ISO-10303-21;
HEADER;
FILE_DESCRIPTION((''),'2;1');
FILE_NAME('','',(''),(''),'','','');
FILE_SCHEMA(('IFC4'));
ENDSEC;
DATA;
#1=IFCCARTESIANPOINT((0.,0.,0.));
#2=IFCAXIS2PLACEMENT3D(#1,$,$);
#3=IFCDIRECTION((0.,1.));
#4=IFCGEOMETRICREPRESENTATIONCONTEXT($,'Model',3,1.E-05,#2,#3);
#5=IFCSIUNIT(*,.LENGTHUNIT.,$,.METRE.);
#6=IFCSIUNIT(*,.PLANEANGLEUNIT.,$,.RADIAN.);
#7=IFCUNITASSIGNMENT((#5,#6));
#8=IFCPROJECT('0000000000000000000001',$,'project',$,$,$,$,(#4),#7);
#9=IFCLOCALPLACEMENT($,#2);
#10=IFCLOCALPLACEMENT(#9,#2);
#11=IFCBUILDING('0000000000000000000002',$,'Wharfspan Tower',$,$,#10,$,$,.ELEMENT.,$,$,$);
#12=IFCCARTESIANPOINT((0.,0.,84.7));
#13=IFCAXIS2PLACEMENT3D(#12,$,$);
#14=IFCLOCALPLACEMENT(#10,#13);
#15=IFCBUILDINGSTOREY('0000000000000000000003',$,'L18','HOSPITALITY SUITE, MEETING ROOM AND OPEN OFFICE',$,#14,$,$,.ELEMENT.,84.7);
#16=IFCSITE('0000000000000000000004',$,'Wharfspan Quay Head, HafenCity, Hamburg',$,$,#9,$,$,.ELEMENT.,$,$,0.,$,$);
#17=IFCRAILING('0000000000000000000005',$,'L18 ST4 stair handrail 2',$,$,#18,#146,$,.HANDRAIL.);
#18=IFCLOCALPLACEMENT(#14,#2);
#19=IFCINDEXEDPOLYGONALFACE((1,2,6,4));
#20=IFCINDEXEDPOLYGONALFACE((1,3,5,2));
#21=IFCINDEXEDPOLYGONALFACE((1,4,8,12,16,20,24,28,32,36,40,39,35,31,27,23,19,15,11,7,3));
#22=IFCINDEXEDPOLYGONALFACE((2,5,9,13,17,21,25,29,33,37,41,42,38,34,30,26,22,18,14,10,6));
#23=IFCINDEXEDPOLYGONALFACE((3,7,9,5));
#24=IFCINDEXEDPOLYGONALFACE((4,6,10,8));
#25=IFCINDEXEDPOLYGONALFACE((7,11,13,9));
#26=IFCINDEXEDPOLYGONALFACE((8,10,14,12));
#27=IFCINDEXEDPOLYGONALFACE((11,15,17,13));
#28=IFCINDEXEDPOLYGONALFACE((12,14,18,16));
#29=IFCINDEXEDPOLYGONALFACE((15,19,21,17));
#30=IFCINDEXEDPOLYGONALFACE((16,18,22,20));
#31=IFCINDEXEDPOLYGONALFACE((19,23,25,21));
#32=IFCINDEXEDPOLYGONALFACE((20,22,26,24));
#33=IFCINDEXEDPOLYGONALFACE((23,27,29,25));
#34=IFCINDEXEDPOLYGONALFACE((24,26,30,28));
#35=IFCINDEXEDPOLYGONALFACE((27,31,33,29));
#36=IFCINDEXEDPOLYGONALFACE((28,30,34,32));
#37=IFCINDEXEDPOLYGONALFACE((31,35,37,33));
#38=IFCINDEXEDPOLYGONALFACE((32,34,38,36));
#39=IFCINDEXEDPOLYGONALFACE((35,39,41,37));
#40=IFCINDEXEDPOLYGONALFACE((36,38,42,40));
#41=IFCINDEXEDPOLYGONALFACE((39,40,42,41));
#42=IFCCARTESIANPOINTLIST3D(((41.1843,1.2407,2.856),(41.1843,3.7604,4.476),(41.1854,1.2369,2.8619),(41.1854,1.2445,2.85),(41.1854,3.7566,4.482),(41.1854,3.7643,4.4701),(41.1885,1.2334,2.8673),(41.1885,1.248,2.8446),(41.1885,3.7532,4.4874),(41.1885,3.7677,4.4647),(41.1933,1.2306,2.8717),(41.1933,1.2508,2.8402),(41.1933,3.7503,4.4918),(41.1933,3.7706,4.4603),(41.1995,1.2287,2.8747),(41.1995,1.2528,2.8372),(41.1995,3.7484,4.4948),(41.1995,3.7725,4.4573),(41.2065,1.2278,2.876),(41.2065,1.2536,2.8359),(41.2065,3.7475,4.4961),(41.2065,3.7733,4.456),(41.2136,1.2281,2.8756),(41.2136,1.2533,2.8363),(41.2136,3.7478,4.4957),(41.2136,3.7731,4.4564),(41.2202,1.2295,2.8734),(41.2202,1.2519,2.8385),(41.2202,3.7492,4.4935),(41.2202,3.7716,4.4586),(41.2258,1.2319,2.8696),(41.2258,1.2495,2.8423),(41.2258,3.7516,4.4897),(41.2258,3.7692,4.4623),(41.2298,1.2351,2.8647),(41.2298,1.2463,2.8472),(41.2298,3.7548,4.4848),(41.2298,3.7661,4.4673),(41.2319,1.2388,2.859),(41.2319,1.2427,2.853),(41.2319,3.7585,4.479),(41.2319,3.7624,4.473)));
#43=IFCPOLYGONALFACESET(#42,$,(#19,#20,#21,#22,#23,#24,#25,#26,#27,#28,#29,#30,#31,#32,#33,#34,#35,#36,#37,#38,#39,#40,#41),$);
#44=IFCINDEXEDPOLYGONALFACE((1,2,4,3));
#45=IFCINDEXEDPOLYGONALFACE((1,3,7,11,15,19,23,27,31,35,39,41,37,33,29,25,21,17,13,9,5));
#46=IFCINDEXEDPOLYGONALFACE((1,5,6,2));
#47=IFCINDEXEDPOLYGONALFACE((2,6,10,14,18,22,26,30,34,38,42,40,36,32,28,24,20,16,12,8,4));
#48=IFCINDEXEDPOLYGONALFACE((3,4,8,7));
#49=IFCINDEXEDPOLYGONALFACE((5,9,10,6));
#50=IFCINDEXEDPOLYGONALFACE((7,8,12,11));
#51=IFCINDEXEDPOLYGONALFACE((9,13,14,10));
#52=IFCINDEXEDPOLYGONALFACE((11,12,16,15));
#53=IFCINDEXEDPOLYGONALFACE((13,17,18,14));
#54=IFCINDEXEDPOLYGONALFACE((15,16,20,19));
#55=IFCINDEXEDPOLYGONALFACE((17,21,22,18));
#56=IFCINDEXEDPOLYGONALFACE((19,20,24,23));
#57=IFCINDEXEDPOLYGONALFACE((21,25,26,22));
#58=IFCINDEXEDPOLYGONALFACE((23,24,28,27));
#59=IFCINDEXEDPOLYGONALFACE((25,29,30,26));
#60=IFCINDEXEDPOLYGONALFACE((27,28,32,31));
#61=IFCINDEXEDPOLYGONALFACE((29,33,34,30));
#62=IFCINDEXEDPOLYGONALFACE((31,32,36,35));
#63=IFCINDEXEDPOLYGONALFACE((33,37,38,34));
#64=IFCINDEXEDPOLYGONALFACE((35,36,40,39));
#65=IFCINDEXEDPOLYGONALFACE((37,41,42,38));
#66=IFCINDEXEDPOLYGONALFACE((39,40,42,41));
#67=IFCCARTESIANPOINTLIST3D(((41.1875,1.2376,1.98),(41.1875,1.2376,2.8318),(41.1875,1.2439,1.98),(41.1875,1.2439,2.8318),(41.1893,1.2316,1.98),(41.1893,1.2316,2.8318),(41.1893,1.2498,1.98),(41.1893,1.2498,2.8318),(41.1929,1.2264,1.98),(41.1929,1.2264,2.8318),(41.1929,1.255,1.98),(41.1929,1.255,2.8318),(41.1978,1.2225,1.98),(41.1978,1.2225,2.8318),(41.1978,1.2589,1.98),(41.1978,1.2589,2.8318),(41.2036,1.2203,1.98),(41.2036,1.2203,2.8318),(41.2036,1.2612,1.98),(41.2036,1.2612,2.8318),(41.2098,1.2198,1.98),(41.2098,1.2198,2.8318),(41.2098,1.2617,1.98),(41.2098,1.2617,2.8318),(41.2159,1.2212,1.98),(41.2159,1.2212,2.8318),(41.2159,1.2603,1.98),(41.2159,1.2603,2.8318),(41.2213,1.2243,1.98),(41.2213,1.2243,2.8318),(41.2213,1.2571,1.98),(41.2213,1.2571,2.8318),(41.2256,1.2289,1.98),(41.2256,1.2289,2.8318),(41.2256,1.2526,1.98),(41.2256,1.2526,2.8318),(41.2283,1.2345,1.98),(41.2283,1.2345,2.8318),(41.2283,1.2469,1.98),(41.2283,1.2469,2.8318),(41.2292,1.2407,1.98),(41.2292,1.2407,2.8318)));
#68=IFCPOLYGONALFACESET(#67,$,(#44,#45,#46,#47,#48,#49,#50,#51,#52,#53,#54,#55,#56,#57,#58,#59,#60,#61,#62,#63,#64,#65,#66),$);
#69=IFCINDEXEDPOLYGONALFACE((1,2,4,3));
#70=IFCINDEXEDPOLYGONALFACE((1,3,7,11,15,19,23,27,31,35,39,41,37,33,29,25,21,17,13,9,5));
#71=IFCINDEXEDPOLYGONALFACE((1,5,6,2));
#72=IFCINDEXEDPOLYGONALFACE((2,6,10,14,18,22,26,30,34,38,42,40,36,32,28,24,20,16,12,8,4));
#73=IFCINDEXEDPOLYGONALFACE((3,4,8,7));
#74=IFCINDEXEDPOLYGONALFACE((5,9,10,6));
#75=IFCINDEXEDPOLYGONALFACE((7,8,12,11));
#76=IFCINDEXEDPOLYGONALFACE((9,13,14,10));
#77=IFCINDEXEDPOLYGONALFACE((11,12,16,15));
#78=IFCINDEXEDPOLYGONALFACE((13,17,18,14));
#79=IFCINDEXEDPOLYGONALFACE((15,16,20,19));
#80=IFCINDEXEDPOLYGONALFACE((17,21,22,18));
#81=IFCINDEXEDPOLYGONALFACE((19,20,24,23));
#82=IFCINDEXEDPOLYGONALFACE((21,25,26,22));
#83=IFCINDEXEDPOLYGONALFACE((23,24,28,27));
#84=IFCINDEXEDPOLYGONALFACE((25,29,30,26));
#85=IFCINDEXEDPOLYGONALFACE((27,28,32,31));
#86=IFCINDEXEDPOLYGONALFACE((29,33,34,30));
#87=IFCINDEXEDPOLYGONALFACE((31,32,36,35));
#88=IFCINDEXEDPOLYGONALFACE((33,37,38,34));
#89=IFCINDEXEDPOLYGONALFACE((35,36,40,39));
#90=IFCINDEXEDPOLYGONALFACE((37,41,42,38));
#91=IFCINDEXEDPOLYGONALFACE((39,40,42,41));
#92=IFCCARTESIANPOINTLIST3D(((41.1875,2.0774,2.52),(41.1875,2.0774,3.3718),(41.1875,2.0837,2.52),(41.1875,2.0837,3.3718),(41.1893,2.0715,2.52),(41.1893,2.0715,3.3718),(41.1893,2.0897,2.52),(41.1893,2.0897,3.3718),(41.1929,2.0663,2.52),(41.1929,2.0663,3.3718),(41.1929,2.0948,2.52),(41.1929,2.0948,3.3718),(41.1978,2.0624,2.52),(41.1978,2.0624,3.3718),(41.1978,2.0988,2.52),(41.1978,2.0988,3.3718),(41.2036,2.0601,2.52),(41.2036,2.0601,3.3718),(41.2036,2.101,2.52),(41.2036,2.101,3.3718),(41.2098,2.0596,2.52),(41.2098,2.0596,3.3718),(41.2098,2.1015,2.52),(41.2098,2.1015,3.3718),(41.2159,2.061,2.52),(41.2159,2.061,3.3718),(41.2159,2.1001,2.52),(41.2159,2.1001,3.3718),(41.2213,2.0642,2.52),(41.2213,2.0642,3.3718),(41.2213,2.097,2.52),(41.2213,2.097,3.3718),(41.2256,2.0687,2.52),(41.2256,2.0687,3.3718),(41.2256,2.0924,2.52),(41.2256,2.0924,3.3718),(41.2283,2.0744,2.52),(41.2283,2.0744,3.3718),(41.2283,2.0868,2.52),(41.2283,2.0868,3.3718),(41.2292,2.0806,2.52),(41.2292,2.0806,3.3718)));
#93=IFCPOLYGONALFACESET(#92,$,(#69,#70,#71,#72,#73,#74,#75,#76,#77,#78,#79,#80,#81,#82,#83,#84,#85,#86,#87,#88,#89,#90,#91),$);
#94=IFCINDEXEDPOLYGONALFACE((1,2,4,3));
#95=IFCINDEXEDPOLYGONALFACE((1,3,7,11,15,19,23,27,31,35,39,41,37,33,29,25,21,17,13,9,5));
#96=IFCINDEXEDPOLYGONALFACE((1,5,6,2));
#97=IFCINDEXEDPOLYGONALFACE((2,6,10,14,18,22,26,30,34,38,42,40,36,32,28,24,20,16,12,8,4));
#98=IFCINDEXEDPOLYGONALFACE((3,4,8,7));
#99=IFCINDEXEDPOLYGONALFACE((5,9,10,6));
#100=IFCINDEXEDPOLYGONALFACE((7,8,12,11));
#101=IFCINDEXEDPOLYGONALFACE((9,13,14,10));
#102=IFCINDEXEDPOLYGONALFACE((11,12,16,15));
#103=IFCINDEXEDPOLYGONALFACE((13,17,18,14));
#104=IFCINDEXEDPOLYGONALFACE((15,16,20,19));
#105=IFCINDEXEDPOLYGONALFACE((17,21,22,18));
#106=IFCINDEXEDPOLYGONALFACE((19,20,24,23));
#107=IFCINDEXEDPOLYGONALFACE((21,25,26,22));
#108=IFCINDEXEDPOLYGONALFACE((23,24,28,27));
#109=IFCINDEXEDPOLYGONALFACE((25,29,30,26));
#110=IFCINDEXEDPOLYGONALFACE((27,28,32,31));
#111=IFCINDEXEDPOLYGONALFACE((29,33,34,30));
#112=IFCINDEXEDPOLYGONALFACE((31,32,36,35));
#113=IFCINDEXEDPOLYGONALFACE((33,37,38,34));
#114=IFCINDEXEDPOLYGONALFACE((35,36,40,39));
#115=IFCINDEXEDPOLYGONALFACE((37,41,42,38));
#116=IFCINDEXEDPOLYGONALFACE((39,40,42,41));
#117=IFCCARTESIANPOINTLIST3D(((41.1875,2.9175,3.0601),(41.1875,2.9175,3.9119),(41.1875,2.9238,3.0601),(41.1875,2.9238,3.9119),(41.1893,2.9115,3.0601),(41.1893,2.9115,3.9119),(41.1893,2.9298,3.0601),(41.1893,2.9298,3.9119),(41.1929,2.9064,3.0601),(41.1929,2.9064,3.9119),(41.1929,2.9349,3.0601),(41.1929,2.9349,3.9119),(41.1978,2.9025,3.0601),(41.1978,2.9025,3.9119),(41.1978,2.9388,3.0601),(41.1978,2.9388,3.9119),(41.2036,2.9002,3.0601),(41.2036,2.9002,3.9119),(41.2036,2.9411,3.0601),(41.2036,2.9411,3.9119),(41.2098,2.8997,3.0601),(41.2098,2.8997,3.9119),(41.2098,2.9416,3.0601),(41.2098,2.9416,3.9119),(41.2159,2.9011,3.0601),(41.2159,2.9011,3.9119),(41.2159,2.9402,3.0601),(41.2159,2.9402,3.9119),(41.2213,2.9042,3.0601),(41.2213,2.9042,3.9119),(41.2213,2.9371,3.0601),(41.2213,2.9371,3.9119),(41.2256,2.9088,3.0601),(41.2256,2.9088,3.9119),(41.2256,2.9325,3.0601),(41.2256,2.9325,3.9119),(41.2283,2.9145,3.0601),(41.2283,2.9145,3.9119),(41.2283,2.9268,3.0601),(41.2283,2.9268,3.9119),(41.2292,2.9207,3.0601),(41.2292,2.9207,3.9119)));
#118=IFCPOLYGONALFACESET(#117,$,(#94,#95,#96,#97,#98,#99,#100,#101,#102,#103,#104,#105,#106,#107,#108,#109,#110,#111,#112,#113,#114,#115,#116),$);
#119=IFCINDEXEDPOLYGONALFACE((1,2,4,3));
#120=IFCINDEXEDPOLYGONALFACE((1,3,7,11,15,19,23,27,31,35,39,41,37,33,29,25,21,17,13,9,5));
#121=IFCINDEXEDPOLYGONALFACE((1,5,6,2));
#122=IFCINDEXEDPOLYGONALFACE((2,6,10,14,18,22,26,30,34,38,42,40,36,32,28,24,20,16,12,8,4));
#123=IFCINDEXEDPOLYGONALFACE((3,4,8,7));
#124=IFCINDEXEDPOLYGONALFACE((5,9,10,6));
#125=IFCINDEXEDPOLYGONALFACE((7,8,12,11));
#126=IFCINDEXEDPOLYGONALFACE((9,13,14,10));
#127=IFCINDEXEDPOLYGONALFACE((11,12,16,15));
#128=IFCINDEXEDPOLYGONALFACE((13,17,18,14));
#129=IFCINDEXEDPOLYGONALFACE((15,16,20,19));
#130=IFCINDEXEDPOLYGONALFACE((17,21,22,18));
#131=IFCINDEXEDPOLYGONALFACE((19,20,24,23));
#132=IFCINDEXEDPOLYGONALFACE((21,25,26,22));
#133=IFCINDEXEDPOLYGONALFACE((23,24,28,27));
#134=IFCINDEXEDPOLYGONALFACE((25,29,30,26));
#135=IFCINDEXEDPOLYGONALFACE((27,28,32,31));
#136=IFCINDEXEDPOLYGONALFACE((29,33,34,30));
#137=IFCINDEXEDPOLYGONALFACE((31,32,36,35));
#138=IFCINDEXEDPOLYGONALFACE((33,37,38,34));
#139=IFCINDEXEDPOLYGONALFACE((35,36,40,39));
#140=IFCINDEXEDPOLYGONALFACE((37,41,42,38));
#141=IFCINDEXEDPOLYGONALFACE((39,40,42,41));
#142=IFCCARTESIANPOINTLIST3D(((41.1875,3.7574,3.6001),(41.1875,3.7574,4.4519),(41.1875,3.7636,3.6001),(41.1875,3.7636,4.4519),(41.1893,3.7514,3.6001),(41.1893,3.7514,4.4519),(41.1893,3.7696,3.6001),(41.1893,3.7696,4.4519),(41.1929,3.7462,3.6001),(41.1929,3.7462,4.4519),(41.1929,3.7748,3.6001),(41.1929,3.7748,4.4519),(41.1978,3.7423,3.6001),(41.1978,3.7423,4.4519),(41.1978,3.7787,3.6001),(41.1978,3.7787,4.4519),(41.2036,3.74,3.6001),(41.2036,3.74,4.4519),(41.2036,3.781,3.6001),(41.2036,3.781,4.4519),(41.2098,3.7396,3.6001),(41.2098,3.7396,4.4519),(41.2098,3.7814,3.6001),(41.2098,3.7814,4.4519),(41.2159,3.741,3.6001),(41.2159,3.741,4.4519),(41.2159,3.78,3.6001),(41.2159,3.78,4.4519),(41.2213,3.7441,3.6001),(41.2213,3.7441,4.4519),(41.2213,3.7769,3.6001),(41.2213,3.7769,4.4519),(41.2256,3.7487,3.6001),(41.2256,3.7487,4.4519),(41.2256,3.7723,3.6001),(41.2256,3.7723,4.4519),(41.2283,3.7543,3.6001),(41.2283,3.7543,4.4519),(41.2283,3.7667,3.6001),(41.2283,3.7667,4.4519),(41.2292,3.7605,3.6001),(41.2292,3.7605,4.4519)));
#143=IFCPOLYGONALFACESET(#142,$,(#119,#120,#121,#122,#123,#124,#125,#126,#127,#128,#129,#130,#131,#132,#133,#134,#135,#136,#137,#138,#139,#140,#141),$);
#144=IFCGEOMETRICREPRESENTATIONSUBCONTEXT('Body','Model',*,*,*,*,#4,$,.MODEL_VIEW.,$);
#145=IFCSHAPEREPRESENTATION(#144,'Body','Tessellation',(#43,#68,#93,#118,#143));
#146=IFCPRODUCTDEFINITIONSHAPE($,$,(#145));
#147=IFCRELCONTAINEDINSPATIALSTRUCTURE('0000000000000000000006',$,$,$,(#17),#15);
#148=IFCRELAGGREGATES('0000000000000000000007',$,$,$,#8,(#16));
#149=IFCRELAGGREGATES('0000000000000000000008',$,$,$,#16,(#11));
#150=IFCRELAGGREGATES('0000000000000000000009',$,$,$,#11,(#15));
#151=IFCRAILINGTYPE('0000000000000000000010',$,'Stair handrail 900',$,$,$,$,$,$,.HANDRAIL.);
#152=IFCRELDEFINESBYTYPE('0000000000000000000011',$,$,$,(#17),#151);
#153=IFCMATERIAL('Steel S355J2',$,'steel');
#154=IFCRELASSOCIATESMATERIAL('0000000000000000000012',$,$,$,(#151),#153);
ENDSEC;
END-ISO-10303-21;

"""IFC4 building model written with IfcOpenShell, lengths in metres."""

from ifc_helpers import new_model, si_unit, direction, frame, origin, origin_2d, place, context, subcontext, project, spatial, circle, extrude, material, type_object, element, save


model = new_model("IFC4")

# Units and contexts
model_context = context("Model", 3, precision=1e-05, world=origin(), true_north=direction((0.0, 1.0)))
body_context = subcontext(model_context, "Body", "Model", "MODEL_VIEW")
ifc_project = project(units=[si_unit("LENGTHUNIT", "METRE"), si_unit("PLANEANGLEUNIT", "RADIAN")], contexts=[model_context])

# Site, building, storey
site_placement = place(None, origin())
site = spatial("IfcSite", under=ifc_project, at=site_placement, Name="Wharfspan Quay Head, HafenCity, Hamburg", CompositionType="ELEMENT", RefElevation=0.0)
building_placement = place(site_placement, origin())
building = spatial("IfcBuilding", under=site, at=building_placement, Name="Wharfspan Tower", CompositionType="ELEMENT")
storey_placement = place(building_placement, frame((0.0, 0.0, 84.7)))
storey = spatial("IfcBuildingStorey", under=building, at=storey_placement, Name="L18", Description="HOSPITALITY SUITE, MEETING ROOM AND OPEN OFFICE", CompositionType="ELEMENT", Elevation=84.7)

# Shared definitions
ifc_material_1 = material(Name="Steel S355J2", Category="steel")

# Railing
railing_type_1 = type_object("IfcRailingType", Name="Stair handrail 900", PredefinedType="HANDRAIL", material=ifc_material_1)
railing_1_placement = place(storey_placement, frame((41.2083, 1.2407, 1.98)))
element("IfcRailing", 1, at=railing_1_placement, inside=storey, type_object=railing_type_1, Name="L18 ST4 stair handrail 2", PredefinedType="HANDRAIL", context=body_context, shape_type="SweptSolid", body=[
    extrude(circle(Radius=0.0239, at=origin_2d()), frame((0.0, 0.0, 0.876), z_axis=(0.0, 0.841139, 0.540819), x_axis=(-1.0, 0.0, 0.0)), (0.0, 0.0, 1.0), 2.9956),
    extrude(circle(Radius=0.021, at=origin_2d()), origin(), (0.0, 0.0, 1.0), 0.8518),
    extrude(circle(Radius=0.021, at=origin_2d()), frame((0.0, 0.8398, 0.54)), (0.0, 0.0, 1.0), 0.8518),
    extrude(circle(Radius=0.021, at=origin_2d()), frame((0.0, 1.6799, 1.0801)), (0.0, 0.0, 1.0), 0.8518),
    extrude(circle(Radius=0.021, at=origin_2d()), frame((0.0, 2.5198, 1.6201)), (0.0, 0.0, 1.0), 0.8518),
])

save(model, "model.ifc")
